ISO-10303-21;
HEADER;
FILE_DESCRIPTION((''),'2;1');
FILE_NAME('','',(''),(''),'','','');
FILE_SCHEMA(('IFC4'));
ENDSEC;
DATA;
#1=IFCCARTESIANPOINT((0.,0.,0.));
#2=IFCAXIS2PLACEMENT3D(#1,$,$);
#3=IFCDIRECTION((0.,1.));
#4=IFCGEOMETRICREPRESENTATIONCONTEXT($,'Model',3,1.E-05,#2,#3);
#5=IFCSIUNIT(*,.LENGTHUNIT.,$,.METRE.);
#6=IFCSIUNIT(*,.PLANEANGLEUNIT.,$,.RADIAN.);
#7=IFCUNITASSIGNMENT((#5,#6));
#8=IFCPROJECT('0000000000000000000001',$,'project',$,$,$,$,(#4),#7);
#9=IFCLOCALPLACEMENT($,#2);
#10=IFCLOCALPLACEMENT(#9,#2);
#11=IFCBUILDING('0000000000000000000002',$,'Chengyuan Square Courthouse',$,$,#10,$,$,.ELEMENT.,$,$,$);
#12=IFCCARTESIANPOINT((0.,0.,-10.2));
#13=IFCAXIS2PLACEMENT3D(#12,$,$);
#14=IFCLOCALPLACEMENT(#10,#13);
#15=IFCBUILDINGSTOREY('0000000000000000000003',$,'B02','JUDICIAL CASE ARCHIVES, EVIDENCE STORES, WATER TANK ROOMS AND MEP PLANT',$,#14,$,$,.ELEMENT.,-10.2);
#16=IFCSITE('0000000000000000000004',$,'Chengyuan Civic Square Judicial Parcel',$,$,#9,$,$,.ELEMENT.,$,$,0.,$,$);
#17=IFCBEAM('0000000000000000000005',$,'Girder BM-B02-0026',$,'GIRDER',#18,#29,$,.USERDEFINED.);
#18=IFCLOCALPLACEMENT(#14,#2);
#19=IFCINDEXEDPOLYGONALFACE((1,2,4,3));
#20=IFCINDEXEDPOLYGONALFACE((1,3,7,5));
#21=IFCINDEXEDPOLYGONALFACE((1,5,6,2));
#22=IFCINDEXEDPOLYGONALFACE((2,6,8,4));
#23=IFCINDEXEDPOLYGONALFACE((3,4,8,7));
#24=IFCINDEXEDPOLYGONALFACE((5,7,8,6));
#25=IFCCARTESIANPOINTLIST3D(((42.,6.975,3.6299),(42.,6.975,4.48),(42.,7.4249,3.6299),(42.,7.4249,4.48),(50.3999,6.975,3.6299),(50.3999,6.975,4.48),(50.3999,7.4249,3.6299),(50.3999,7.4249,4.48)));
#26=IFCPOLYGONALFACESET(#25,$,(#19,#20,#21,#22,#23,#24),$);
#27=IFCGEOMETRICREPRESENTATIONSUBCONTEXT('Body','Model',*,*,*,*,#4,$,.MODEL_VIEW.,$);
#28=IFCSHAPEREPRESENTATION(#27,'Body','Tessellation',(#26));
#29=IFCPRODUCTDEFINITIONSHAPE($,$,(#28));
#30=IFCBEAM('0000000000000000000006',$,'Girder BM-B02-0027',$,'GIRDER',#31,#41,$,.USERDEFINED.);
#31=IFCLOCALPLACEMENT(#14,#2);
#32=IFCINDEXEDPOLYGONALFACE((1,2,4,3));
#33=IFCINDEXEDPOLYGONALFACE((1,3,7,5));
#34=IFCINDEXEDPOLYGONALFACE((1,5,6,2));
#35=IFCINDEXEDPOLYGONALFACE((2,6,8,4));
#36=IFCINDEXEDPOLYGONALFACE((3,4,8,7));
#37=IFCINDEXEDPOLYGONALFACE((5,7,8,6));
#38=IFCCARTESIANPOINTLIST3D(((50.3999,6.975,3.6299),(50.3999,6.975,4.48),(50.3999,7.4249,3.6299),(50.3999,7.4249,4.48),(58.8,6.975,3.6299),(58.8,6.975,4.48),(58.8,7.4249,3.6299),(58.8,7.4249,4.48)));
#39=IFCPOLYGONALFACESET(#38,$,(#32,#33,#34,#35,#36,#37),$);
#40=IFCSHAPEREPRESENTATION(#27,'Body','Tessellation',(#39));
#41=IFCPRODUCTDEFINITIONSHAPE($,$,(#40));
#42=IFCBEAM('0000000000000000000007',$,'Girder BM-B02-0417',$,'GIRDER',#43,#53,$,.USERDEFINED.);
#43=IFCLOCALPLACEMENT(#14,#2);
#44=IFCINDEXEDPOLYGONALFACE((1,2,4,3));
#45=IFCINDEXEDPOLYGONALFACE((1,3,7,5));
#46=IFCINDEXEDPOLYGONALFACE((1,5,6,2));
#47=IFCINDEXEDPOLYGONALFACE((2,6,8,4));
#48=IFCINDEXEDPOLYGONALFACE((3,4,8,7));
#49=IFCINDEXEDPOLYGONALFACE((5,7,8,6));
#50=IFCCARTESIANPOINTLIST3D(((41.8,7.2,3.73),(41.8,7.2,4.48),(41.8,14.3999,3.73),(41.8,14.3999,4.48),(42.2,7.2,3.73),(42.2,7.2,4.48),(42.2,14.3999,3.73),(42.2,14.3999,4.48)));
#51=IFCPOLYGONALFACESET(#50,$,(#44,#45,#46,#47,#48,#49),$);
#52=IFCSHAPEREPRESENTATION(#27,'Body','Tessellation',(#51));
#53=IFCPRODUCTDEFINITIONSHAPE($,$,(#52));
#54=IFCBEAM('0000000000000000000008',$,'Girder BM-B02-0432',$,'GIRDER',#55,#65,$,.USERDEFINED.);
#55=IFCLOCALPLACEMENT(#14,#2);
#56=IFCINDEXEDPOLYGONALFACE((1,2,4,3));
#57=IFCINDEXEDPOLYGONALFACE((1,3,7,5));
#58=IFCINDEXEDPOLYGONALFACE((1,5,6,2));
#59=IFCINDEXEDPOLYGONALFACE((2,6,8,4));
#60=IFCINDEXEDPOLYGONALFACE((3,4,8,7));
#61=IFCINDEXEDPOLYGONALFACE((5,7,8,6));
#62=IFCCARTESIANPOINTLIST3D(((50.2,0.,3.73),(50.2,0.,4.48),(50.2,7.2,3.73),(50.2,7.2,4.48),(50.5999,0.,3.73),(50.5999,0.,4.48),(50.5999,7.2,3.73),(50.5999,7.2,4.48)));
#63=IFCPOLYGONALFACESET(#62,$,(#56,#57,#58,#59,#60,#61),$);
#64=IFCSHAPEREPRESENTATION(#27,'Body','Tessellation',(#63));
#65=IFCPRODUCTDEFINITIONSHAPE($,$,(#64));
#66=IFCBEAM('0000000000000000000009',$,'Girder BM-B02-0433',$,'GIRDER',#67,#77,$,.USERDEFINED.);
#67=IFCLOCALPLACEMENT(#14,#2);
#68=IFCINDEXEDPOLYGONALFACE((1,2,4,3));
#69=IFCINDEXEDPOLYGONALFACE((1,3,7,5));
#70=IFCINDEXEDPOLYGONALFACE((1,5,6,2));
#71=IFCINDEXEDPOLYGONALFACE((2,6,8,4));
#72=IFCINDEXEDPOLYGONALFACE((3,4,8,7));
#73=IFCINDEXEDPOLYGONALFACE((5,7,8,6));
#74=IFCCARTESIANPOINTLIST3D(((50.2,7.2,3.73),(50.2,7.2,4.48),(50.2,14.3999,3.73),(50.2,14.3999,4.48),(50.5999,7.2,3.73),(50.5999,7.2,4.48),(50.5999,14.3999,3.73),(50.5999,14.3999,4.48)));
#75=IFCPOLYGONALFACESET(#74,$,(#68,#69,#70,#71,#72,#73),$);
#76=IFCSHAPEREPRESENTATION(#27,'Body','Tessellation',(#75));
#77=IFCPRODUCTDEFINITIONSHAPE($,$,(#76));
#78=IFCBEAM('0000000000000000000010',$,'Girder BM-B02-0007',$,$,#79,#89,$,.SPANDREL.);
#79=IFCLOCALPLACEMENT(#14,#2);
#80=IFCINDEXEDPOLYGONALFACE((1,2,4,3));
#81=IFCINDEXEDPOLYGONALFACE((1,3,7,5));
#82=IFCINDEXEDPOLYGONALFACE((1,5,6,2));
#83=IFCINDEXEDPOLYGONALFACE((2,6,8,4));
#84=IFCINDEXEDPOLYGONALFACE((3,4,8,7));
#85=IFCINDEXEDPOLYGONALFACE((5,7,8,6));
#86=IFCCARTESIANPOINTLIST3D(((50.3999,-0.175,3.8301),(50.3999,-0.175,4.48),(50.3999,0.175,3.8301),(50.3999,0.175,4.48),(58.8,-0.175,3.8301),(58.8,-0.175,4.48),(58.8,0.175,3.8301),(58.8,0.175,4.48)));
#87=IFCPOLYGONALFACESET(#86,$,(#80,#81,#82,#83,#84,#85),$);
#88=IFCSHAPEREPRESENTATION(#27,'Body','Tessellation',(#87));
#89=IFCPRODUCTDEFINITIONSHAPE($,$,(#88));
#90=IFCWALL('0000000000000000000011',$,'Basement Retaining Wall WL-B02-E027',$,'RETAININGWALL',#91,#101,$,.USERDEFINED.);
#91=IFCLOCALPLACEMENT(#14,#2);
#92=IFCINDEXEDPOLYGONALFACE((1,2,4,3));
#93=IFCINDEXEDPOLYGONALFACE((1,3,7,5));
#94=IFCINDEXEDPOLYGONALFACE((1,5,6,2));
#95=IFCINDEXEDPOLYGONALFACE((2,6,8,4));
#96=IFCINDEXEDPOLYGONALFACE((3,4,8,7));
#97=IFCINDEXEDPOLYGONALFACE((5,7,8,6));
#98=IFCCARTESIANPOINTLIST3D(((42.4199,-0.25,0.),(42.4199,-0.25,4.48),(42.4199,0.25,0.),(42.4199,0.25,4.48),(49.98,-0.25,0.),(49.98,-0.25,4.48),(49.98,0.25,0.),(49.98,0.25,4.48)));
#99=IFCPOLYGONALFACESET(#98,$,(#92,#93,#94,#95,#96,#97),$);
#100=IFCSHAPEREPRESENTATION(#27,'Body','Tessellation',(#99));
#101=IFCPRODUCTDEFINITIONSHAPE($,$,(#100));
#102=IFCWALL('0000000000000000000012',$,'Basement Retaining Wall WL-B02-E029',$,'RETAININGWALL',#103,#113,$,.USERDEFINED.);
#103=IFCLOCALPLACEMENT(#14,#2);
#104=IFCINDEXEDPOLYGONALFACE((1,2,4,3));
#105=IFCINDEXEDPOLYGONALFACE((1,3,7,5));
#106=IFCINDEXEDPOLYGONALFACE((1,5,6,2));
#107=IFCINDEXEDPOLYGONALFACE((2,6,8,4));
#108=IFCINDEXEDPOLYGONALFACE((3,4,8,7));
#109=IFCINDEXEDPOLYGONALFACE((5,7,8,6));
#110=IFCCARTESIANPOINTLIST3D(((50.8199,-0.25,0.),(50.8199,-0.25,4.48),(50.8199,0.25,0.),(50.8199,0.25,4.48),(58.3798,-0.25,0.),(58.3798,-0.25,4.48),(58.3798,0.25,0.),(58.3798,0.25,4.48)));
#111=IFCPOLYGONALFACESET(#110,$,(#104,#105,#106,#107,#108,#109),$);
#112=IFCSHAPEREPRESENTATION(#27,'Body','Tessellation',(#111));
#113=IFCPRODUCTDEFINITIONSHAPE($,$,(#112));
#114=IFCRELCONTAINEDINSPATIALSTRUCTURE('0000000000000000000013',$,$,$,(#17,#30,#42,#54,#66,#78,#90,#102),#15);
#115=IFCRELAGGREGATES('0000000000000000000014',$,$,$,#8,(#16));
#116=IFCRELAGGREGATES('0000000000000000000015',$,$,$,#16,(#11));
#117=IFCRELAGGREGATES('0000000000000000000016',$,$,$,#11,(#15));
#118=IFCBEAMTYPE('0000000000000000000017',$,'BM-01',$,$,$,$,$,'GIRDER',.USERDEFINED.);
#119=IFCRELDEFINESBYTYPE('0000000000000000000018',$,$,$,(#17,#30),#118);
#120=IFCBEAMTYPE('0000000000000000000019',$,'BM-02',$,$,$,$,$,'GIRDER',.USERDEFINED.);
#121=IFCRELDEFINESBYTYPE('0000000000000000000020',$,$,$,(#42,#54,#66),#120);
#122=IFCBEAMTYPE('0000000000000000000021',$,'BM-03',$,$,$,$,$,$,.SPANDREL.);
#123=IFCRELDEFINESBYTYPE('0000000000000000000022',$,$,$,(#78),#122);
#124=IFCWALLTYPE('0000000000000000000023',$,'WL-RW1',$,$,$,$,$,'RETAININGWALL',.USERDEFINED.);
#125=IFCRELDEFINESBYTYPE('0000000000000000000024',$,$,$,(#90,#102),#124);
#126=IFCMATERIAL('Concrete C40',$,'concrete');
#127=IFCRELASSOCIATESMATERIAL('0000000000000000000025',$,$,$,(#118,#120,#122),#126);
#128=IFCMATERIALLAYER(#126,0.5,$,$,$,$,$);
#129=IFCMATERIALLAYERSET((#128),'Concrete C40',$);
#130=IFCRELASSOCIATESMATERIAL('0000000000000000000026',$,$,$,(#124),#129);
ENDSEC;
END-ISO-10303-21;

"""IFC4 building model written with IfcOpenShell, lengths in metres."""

from ifc_helpers import new_model, si_unit, direction, frame, frame_2d, origin, origin_2d, place, context, subcontext, project, spatial, rectangle, extrude, material, layer, layer_set, material_profile, profile_set, type_object, element, save


model = new_model("IFC4")

# Units and contexts
model_context = context("Model", 3, precision=1e-05, world=origin(), true_north=direction((0.0, 1.0)))
body_context = subcontext(model_context, "Body", "Model", "MODEL_VIEW")
ifc_project = project(units=[si_unit("LENGTHUNIT", "METRE"), si_unit("PLANEANGLEUNIT", "RADIAN")], contexts=[model_context])

# Site, building, storey
site_placement = place(None, origin())
site = spatial("IfcSite", under=ifc_project, at=site_placement, Name="Chengyuan Civic Square Judicial Parcel", CompositionType="ELEMENT", RefElevation=0.0)
building_placement = place(site_placement, origin())
building = spatial("IfcBuilding", under=site, at=building_placement, Name="Chengyuan Square Courthouse", CompositionType="ELEMENT")
storey_placement = place(building_placement, frame((0.0, 0.0, -10.2)))
storey = spatial("IfcBuildingStorey", under=building, at=storey_placement, Name="B02", Description="JUDICIAL CASE ARCHIVES, EVIDENCE STORES, WATER TANK ROOMS AND MEP PLANT", CompositionType="ELEMENT", Elevation=-10.2)

# Shared definitions
ifc_material_1 = material(Name="Concrete C40", Category="concrete")

# Beams
ifc_material_profile_1 = material_profile(ifc_material_1, rectangle(XDim=0.45, YDim=0.8501, at=origin_2d()), Name="RC-BM-450x850")
ifc_profile_set_1 = profile_set([ifc_material_profile_1], Name="Concrete C40")
beam_type_1 = type_object("IfcBeamType", Name="BM-01", ElementType="GIRDER", PredefinedType="USERDEFINED", material=ifc_profile_set_1)
beam_1_placement = place(storey_placement, frame((42.0, 7.2, 4.0549), z_axis=(1.0, 0.0, 0.0), x_axis=(0.0, 1.0, 0.0)))
element("IfcBeam", 1, at=beam_1_placement, inside=storey, type_object=beam_type_1, Name="Girder BM-B02-0026", ObjectType="GIRDER", PredefinedType="USERDEFINED", context=body_context, shape_type="SweptSolid", body=[
    extrude(rectangle(XDim=0.45, YDim=0.8501, at=origin_2d()), origin(), (0.0, 0.0, 1.0), 8.3999),
])
beam_2_placement = place(storey_placement, frame((50.3999, 7.2, 4.0549), z_axis=(1.0, 0.0, 0.0), x_axis=(0.0, 1.0, 0.0)))
element("IfcBeam", 2, at=beam_2_placement, inside=storey, type_object=beam_type_1, Name="Girder BM-B02-0027", ObjectType="GIRDER", PredefinedType="USERDEFINED", context=body_context, shape_type="SweptSolid", body=[
    extrude(rectangle(XDim=0.45, YDim=0.8501, at=origin_2d()), origin(), (0.0, 0.0, 1.0), 8.4001),
])
ifc_material_profile_2 = material_profile(ifc_material_1, rectangle(XDim=0.3999, YDim=0.75, at=origin_2d()), Name="RC-BM-400x750")
ifc_profile_set_2 = profile_set([ifc_material_profile_2], Name="Concrete C40")
beam_type_2 = type_object("IfcBeamType", Name="BM-02", ElementType="GIRDER", PredefinedType="USERDEFINED", material=ifc_profile_set_2)
for number, where, z_axis, x_axis, name in (
    (3, (42.0, 7.2, 4.105), (0.0, 1.0, 0.0), (-1.0, 0.0, 0.0), "Girder BM-B02-0417"),
    (4, (50.3999, 0.0, 4.105), (0.0, 1.0, 0.0), (-1.0, 0.0, 0.0), "Girder BM-B02-0432"),
    (5, (50.3999, 7.2, 4.105), (0.0, 1.0, 0.0), (-1.0, 0.0, 0.0), "Girder BM-B02-0433"),
):
    element("IfcBeam", number, at=place(storey_placement, frame(where, z_axis=z_axis, x_axis=x_axis)), inside=storey, type_object=beam_type_2, Name=name, ObjectType="GIRDER", PredefinedType="USERDEFINED", context=body_context, shape_type="SweptSolid", body=[
        extrude(rectangle(XDim=0.3999, YDim=0.75, at=origin_2d()), origin(), (0.0, 0.0, 1.0), 7.2),
    ])
ifc_material_profile_3 = material_profile(ifc_material_1, rectangle(XDim=0.3501, YDim=0.6499, at=origin_2d()), Name="RC-BM-350x650")
ifc_profile_set_3 = profile_set([ifc_material_profile_3], Name="Concrete C40")
beam_type_3 = type_object("IfcBeamType", Name="BM-03", PredefinedType="SPANDREL", material=ifc_profile_set_3)
beam_3_placement = place(storey_placement, frame((50.3999, 0.0, 4.155), z_axis=(1.0, 0.0, 0.0), x_axis=(0.0, 1.0, 0.0)))
element("IfcBeam", 6, at=beam_3_placement, inside=storey, type_object=beam_type_3, Name="Girder BM-B02-0007", PredefinedType="SPANDREL", context=body_context, shape_type="SweptSolid", body=[
    extrude(rectangle(XDim=0.3501, YDim=0.6499, at=origin_2d()), origin(), (0.0, 0.0, 1.0), 8.4001),
])

# Walls
ifc_layer = layer(ifc_material_1, 0.5)
ifc_layer_set = layer_set([ifc_layer], Name="Concrete C40")
wall_type = type_object("IfcWallType", Name="WL-RW1", ElementType="RETAININGWALL", PredefinedType="USERDEFINED", material=ifc_layer_set)
wall_1_placement = place(storey_placement, frame((42.4199, 0.0, 0.0), z_axis=(0.0, 0.0, 1.0), x_axis=(1.0, 0.0, 0.0)))
element("IfcWall", 7, at=wall_1_placement, inside=storey, type_object=wall_type, Name="Basement Retaining Wall WL-B02-E027", ObjectType="RETAININGWALL", PredefinedType="USERDEFINED", context=body_context, shape_type="SweptSolid", body=[
    extrude(rectangle(XDim=7.5601, YDim=0.5, at=frame_2d((3.78, 0.0))), origin(), (0.0, 0.0, 1.0), 4.48),
])
wall_2_placement = place(storey_placement, frame((50.8201, 0.0, 0.0), z_axis=(0.0, 0.0, 1.0), x_axis=(1.0, 0.0, 0.0)))
element("IfcWall", 8, at=wall_2_placement, inside=storey, type_object=wall_type, Name="Basement Retaining Wall WL-B02-E029", ObjectType="RETAININGWALL", PredefinedType="USERDEFINED", context=body_context, shape_type="SweptSolid", body=[
    extrude(rectangle(XDim=7.5598, YDim=0.5, at=frame_2d((3.7798, 0.0))), origin(), (0.0, 0.0, 1.0), 4.48),
])

save(model, "model.ifc")
